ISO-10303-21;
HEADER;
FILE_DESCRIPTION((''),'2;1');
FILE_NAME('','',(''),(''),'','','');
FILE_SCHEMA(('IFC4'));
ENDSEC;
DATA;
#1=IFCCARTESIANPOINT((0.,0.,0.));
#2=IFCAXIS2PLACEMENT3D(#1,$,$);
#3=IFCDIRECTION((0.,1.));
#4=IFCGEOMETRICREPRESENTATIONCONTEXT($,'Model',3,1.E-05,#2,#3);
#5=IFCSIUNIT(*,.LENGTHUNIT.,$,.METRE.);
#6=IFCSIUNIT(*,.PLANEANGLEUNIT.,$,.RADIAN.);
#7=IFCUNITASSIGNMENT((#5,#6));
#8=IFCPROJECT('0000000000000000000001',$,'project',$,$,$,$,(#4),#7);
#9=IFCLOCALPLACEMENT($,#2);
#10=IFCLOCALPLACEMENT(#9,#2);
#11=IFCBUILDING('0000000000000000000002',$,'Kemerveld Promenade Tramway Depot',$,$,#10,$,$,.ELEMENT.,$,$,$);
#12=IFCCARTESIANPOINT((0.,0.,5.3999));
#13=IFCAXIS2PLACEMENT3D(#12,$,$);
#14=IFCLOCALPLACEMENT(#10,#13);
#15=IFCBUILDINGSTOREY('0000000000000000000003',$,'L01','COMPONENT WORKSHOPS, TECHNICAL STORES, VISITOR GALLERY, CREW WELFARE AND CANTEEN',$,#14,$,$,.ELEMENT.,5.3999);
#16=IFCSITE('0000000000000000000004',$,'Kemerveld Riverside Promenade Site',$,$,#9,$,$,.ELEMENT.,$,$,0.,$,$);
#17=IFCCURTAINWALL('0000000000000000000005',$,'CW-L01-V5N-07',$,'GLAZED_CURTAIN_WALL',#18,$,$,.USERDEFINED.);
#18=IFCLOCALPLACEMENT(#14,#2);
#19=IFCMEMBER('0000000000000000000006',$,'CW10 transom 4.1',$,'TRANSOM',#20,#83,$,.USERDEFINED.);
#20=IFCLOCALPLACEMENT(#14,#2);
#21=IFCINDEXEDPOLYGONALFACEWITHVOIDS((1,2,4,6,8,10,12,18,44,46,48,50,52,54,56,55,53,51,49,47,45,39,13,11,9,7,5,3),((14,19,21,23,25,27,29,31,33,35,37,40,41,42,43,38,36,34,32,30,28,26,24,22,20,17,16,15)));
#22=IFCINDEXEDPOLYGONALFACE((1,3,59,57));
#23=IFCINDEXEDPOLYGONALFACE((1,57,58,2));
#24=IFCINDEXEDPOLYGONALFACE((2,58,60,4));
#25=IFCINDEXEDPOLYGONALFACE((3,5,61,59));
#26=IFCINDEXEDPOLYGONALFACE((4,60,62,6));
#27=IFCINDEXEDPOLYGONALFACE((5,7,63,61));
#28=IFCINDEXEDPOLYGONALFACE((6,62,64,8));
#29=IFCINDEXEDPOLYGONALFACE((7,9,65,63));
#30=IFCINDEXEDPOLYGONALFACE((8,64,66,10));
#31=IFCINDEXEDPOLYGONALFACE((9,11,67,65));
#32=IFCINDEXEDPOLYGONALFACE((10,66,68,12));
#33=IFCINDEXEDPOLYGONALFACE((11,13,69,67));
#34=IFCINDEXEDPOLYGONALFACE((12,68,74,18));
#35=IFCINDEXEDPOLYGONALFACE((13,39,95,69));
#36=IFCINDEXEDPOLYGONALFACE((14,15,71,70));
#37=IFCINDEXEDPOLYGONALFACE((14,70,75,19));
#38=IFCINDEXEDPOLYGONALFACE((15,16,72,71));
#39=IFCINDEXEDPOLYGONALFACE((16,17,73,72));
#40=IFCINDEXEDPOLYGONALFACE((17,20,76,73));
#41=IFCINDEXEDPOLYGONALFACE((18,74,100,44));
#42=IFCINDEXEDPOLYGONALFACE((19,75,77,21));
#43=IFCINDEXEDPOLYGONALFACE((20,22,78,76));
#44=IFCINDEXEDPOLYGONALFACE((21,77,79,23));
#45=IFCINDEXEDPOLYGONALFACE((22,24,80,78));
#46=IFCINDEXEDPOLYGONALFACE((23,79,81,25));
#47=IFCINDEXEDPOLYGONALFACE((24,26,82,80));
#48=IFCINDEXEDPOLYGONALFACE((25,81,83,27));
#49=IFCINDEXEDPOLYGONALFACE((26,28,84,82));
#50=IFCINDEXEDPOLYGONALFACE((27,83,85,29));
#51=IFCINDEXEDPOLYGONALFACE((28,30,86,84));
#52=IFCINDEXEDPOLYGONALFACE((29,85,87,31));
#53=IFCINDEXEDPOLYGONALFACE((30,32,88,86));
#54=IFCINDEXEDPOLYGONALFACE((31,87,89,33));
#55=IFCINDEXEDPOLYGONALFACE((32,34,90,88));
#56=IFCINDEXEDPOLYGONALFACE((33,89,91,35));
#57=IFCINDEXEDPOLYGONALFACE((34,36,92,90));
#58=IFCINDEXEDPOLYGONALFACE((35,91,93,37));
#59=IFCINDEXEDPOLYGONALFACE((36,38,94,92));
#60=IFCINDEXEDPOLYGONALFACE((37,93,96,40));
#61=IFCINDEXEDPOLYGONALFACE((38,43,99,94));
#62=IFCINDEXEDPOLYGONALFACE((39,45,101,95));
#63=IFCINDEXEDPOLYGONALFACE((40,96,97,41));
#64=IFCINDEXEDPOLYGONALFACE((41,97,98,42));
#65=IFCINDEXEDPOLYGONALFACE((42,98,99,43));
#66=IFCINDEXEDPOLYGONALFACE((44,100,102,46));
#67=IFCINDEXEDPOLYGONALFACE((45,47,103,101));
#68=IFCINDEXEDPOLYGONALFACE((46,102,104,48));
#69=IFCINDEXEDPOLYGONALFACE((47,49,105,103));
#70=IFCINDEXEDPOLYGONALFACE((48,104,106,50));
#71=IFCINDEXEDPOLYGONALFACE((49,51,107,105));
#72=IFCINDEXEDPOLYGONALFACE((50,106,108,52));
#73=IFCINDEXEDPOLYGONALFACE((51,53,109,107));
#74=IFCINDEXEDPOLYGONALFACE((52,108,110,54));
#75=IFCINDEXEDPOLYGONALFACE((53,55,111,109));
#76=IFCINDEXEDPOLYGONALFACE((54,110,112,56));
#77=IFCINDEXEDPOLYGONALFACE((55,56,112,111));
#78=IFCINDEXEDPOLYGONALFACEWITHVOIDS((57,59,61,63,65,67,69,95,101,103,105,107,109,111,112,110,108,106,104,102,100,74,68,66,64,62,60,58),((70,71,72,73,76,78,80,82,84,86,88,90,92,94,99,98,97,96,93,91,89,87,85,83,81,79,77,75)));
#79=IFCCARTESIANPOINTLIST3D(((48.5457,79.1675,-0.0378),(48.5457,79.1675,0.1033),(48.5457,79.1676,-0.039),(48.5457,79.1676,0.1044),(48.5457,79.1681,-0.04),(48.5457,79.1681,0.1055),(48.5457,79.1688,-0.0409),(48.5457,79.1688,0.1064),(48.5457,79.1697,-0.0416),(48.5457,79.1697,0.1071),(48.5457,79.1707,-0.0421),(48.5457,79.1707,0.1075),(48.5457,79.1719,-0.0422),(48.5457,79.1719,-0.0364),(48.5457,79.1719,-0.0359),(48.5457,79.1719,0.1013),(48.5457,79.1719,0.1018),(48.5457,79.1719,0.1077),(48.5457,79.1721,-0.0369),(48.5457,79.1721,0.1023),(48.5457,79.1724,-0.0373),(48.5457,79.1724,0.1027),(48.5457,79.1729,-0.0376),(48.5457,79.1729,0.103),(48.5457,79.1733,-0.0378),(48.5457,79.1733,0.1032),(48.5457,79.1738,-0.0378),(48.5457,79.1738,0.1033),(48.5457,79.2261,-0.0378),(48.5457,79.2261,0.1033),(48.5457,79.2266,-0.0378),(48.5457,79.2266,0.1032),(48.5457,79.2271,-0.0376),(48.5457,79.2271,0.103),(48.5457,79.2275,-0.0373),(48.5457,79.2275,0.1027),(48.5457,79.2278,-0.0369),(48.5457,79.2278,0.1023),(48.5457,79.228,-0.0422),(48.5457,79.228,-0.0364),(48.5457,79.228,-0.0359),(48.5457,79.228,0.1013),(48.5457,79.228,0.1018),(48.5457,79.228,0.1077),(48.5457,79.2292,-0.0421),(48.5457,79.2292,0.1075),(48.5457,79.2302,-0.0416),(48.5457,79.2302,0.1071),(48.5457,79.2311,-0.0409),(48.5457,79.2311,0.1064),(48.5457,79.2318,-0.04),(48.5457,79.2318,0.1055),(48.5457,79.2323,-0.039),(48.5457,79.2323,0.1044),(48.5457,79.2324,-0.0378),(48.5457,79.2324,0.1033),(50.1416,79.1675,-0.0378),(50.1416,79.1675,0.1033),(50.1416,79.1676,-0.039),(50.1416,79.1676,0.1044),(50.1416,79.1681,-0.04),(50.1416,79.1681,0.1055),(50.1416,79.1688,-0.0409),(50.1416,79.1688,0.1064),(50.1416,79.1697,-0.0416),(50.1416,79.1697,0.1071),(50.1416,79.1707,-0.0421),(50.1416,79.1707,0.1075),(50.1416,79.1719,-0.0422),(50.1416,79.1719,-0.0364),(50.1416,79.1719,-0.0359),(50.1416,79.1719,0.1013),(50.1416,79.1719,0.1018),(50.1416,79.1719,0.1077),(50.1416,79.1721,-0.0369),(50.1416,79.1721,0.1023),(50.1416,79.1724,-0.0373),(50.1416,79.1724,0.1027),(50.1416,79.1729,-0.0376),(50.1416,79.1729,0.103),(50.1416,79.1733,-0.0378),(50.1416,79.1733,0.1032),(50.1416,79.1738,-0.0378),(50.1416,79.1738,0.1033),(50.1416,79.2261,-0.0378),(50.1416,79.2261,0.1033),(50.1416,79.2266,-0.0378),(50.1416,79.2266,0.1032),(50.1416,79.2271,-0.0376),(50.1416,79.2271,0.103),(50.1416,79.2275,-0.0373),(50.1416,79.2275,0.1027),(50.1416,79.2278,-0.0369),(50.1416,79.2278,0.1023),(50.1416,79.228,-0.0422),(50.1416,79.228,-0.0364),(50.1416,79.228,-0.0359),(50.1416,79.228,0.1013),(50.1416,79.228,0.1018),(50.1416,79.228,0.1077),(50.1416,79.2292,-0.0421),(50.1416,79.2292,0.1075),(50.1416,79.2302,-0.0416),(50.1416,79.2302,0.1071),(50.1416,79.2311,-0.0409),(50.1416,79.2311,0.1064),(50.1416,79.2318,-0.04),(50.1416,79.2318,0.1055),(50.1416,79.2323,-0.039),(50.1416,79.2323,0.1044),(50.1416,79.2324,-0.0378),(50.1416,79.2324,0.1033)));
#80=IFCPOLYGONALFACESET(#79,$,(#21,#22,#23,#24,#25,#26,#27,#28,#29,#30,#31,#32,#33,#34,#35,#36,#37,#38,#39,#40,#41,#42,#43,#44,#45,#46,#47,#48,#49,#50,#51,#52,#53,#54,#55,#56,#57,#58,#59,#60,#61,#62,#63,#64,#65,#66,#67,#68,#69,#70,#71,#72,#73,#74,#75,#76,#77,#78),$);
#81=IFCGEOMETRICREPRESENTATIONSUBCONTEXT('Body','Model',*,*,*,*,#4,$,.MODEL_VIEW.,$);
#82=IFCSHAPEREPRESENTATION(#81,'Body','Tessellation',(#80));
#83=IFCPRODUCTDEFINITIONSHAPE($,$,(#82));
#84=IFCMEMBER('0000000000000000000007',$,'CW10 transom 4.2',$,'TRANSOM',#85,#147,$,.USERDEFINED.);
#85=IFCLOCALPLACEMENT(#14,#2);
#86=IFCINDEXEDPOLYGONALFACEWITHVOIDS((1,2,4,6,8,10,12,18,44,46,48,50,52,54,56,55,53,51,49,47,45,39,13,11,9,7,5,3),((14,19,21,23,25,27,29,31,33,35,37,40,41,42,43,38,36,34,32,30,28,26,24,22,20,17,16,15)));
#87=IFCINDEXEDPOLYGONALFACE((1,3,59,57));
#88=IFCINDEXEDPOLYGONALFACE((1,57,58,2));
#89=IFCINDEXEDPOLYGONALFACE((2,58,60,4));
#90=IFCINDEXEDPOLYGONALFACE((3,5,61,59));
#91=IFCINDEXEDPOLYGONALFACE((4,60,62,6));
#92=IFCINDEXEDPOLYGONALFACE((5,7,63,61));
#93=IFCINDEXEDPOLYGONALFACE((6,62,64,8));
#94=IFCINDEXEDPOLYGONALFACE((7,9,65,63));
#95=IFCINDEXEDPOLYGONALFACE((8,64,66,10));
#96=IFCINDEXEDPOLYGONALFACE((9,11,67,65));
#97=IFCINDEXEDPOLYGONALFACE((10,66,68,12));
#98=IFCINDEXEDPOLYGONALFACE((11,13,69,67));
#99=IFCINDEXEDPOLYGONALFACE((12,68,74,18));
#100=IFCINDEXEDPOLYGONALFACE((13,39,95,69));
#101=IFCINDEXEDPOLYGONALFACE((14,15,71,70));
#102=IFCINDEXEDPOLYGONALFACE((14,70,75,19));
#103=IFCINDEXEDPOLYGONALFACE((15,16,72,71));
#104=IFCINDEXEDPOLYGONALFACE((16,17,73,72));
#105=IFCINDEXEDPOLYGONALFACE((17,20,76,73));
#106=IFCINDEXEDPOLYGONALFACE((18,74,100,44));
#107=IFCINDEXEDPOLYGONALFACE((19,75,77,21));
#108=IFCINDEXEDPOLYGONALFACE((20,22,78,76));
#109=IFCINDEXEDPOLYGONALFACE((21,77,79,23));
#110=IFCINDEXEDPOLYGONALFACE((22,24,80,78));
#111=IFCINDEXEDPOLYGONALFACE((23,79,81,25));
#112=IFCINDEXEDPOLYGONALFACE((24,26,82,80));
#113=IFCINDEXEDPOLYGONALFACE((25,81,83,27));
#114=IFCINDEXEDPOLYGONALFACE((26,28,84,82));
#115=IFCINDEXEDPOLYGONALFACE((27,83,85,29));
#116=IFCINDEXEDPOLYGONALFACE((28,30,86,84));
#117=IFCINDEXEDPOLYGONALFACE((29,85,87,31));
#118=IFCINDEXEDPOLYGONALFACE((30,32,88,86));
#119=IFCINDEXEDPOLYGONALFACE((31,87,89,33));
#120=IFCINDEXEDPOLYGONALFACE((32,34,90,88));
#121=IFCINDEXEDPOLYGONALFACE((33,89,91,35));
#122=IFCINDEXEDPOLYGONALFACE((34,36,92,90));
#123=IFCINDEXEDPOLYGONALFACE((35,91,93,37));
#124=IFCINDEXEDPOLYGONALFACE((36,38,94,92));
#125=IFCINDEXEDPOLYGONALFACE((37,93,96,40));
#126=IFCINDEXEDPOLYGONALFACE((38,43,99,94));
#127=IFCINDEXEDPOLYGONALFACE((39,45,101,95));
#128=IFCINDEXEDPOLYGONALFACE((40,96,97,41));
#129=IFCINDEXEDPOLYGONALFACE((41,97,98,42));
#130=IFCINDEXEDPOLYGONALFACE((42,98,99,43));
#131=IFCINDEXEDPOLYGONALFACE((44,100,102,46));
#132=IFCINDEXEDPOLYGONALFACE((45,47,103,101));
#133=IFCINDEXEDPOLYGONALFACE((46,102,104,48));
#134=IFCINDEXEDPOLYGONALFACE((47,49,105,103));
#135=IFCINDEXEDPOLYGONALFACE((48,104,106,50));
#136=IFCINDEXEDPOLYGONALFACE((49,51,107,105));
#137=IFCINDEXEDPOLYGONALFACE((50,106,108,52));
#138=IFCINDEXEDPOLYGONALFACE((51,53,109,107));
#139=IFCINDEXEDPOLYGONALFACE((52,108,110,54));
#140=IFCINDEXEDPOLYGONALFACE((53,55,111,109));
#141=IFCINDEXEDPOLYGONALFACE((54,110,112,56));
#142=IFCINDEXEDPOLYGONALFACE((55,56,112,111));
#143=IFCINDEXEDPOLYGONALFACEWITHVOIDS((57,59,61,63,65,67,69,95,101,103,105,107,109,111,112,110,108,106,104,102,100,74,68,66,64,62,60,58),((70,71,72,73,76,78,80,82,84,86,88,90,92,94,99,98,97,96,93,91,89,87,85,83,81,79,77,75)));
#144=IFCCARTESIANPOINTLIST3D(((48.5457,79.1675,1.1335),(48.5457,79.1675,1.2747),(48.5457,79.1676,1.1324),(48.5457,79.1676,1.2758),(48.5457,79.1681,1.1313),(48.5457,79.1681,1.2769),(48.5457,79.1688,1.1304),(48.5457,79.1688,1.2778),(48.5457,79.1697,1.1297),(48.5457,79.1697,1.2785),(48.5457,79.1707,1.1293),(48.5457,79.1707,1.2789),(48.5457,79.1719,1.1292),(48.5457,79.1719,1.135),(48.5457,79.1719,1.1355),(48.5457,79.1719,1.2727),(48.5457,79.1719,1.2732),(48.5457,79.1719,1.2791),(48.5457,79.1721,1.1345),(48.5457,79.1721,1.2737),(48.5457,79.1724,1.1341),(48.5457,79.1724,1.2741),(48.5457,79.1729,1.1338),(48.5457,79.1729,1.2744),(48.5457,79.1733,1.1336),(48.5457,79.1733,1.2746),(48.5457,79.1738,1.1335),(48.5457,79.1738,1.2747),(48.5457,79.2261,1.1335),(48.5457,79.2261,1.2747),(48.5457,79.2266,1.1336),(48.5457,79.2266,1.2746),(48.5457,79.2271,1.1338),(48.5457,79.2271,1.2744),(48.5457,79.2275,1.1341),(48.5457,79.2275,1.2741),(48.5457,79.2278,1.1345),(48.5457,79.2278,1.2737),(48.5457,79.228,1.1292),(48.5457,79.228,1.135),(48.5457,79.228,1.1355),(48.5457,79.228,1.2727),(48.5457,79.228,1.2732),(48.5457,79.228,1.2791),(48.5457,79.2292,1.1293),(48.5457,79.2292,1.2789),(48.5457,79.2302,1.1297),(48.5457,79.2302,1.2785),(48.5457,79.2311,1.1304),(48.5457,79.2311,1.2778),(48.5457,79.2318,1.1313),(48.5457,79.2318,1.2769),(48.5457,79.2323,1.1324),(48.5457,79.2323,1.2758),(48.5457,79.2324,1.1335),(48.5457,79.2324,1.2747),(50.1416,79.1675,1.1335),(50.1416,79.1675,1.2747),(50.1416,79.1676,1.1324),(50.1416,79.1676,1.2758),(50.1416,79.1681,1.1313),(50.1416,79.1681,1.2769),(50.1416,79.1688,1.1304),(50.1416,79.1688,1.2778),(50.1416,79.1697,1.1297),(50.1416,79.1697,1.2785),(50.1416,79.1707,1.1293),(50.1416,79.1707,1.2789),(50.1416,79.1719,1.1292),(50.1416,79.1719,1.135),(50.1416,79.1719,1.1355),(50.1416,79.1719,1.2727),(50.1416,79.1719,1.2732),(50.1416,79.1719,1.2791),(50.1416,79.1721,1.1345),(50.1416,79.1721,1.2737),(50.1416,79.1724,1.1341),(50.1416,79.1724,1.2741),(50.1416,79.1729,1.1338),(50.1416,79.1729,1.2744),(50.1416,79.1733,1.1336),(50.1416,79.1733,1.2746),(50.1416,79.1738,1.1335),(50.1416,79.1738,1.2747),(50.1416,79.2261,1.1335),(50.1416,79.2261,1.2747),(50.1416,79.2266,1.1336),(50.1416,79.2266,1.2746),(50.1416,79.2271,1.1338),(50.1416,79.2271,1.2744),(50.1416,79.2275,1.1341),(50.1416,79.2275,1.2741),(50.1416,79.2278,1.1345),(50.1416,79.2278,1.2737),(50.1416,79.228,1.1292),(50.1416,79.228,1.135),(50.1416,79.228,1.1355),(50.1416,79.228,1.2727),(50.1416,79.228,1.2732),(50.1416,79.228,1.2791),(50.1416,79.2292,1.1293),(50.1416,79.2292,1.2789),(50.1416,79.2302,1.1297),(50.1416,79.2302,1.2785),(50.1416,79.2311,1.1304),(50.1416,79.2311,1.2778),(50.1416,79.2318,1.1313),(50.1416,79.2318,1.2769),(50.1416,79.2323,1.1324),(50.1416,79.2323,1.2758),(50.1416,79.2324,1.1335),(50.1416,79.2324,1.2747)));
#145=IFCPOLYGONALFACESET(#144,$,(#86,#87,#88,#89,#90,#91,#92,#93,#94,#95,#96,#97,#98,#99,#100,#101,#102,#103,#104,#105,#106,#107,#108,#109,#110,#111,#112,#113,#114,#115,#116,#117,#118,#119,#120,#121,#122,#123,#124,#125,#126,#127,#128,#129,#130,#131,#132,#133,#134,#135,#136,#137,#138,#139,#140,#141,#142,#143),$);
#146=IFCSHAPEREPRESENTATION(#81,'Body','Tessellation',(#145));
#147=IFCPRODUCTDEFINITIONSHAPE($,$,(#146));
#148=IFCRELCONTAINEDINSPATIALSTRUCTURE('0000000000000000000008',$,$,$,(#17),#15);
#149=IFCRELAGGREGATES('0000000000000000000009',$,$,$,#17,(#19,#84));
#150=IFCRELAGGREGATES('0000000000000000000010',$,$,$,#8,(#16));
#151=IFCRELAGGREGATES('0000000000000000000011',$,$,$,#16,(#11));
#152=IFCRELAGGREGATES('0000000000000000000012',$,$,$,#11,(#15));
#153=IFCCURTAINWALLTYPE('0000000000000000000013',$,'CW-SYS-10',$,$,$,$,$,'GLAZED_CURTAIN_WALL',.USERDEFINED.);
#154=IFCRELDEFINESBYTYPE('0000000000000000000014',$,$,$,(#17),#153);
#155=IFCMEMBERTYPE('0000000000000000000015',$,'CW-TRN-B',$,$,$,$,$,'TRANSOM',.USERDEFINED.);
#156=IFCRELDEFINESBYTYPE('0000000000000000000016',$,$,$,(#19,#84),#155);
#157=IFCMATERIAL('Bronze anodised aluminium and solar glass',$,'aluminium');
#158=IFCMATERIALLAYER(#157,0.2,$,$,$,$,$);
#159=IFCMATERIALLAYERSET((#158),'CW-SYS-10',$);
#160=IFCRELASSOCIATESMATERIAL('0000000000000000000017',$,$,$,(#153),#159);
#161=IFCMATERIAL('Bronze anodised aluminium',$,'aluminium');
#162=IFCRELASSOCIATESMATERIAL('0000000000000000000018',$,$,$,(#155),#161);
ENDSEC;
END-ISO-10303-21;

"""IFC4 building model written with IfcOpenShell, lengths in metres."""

from ifc_helpers import new_model, si_unit, direction, frame, origin, origin_2d, place, context, subcontext, project, spatial, hollow_rectangle, extrude, material, layer, layer_set, material_profile, profile_set, type_object, element, aggregate, save


model = new_model("IFC4")

# Units and contexts
model_context = context("Model", 3, precision=1e-05, world=origin(), true_north=direction((0.0, 1.0)))
body_context = subcontext(model_context, "Body", "Model", "MODEL_VIEW")
ifc_project = project(units=[si_unit("LENGTHUNIT", "METRE"), si_unit("PLANEANGLEUNIT", "RADIAN")], contexts=[model_context])

# Site, building, storey
site_placement = place(None, origin())
site = spatial("IfcSite", under=ifc_project, at=site_placement, Name="Kemerveld Riverside Promenade Site", CompositionType="ELEMENT", RefElevation=0.0)
building_placement = place(site_placement, origin())
building = spatial("IfcBuilding", under=site, at=building_placement, Name="Kemerveld Promenade Tramway Depot", CompositionType="ELEMENT")
storey_placement = place(building_placement, frame((0.0, 0.0, 5.3999)))
storey = spatial("IfcBuildingStorey", under=building, at=storey_placement, Name="L01", Description="COMPONENT WORKSHOPS, TECHNICAL STORES, VISITOR GALLERY, CREW WELFARE AND CANTEEN", CompositionType="ELEMENT", Elevation=5.3999)

# Curtain wall, members
ifc_material_1 = material(Name="Bronze anodised aluminium and solar glass", Category="aluminium")
ifc_layer_1 = layer(ifc_material_1, 0.2)
ifc_layer_set_1 = layer_set([ifc_layer_1], Name="CW-SYS-10")
curtain_wall_type = type_object("IfcCurtainWallType", Name="CW-SYS-10", ElementType="GLAZED_CURTAIN_WALL", PredefinedType="USERDEFINED", material=ifc_layer_set_1)
curtain_wall_placement = place(storey_placement, origin())
curtain_wall = element("IfcCurtainWall", 1, at=curtain_wall_placement, inside=storey, type_object=curtain_wall_type, Name="CW-L01-V5N-07", ObjectType="GLAZED_CURTAIN_WALL", PredefinedType="USERDEFINED")
ifc_material_2 = material(Name="Bronze anodised aluminium", Category="aluminium")
ifc_material_profile_1 = material_profile(ifc_material_2, hollow_rectangle(XDim=0.0649, YDim=0.1499, WallThickness=0.0044, InnerFilletRadius=0.002, OuterFilletRadius=0.0044, at=origin_2d()), Name="CW-TRN-150x65")
ifc_profile_set_1 = profile_set([ifc_material_profile_1], Name="Bronze anodised aluminium")
member_type_1 = type_object("IfcMemberType", Name="CW-TRN-B", ElementType="TRANSOM", PredefinedType="USERDEFINED", material=ifc_profile_set_1)
member_1_placement = place(storey_placement, frame((48.5457, 79.2, 0.0327), z_axis=(1.0, 0.0, 0.0), x_axis=(0.0, 1.0, 0.0)))
member_1 = element("IfcMember", 2, at=member_1_placement, type_object=member_type_1, Name="CW10 transom 4.1", ObjectType="TRANSOM", PredefinedType="USERDEFINED", context=body_context, shape_type="SweptSolid", body=[
    extrude(hollow_rectangle(XDim=0.0649, YDim=0.1499, WallThickness=0.0044, InnerFilletRadius=0.002, OuterFilletRadius=0.0044, at=origin_2d()), origin(), (0.0, 0.0, 1.0), 1.5959),
])
member_2_placement = place(storey_placement, frame((48.5457, 79.2, 1.2041), z_axis=(1.0, 0.0, 0.0), x_axis=(0.0, 1.0, 0.0)))
member_2 = element("IfcMember", 3, at=member_2_placement, type_object=member_type_1, Name="CW10 transom 4.2", ObjectType="TRANSOM", PredefinedType="USERDEFINED", context=body_context, shape_type="SweptSolid", body=[
    extrude(hollow_rectangle(XDim=0.0649, YDim=0.1499, WallThickness=0.0044, InnerFilletRadius=0.002, OuterFilletRadius=0.0044, at=origin_2d()), origin(), (0.0, 0.0, 1.0), 1.5959),
])
aggregate(curtain_wall, [member_1, member_2])

save(model, "model.ifc")
